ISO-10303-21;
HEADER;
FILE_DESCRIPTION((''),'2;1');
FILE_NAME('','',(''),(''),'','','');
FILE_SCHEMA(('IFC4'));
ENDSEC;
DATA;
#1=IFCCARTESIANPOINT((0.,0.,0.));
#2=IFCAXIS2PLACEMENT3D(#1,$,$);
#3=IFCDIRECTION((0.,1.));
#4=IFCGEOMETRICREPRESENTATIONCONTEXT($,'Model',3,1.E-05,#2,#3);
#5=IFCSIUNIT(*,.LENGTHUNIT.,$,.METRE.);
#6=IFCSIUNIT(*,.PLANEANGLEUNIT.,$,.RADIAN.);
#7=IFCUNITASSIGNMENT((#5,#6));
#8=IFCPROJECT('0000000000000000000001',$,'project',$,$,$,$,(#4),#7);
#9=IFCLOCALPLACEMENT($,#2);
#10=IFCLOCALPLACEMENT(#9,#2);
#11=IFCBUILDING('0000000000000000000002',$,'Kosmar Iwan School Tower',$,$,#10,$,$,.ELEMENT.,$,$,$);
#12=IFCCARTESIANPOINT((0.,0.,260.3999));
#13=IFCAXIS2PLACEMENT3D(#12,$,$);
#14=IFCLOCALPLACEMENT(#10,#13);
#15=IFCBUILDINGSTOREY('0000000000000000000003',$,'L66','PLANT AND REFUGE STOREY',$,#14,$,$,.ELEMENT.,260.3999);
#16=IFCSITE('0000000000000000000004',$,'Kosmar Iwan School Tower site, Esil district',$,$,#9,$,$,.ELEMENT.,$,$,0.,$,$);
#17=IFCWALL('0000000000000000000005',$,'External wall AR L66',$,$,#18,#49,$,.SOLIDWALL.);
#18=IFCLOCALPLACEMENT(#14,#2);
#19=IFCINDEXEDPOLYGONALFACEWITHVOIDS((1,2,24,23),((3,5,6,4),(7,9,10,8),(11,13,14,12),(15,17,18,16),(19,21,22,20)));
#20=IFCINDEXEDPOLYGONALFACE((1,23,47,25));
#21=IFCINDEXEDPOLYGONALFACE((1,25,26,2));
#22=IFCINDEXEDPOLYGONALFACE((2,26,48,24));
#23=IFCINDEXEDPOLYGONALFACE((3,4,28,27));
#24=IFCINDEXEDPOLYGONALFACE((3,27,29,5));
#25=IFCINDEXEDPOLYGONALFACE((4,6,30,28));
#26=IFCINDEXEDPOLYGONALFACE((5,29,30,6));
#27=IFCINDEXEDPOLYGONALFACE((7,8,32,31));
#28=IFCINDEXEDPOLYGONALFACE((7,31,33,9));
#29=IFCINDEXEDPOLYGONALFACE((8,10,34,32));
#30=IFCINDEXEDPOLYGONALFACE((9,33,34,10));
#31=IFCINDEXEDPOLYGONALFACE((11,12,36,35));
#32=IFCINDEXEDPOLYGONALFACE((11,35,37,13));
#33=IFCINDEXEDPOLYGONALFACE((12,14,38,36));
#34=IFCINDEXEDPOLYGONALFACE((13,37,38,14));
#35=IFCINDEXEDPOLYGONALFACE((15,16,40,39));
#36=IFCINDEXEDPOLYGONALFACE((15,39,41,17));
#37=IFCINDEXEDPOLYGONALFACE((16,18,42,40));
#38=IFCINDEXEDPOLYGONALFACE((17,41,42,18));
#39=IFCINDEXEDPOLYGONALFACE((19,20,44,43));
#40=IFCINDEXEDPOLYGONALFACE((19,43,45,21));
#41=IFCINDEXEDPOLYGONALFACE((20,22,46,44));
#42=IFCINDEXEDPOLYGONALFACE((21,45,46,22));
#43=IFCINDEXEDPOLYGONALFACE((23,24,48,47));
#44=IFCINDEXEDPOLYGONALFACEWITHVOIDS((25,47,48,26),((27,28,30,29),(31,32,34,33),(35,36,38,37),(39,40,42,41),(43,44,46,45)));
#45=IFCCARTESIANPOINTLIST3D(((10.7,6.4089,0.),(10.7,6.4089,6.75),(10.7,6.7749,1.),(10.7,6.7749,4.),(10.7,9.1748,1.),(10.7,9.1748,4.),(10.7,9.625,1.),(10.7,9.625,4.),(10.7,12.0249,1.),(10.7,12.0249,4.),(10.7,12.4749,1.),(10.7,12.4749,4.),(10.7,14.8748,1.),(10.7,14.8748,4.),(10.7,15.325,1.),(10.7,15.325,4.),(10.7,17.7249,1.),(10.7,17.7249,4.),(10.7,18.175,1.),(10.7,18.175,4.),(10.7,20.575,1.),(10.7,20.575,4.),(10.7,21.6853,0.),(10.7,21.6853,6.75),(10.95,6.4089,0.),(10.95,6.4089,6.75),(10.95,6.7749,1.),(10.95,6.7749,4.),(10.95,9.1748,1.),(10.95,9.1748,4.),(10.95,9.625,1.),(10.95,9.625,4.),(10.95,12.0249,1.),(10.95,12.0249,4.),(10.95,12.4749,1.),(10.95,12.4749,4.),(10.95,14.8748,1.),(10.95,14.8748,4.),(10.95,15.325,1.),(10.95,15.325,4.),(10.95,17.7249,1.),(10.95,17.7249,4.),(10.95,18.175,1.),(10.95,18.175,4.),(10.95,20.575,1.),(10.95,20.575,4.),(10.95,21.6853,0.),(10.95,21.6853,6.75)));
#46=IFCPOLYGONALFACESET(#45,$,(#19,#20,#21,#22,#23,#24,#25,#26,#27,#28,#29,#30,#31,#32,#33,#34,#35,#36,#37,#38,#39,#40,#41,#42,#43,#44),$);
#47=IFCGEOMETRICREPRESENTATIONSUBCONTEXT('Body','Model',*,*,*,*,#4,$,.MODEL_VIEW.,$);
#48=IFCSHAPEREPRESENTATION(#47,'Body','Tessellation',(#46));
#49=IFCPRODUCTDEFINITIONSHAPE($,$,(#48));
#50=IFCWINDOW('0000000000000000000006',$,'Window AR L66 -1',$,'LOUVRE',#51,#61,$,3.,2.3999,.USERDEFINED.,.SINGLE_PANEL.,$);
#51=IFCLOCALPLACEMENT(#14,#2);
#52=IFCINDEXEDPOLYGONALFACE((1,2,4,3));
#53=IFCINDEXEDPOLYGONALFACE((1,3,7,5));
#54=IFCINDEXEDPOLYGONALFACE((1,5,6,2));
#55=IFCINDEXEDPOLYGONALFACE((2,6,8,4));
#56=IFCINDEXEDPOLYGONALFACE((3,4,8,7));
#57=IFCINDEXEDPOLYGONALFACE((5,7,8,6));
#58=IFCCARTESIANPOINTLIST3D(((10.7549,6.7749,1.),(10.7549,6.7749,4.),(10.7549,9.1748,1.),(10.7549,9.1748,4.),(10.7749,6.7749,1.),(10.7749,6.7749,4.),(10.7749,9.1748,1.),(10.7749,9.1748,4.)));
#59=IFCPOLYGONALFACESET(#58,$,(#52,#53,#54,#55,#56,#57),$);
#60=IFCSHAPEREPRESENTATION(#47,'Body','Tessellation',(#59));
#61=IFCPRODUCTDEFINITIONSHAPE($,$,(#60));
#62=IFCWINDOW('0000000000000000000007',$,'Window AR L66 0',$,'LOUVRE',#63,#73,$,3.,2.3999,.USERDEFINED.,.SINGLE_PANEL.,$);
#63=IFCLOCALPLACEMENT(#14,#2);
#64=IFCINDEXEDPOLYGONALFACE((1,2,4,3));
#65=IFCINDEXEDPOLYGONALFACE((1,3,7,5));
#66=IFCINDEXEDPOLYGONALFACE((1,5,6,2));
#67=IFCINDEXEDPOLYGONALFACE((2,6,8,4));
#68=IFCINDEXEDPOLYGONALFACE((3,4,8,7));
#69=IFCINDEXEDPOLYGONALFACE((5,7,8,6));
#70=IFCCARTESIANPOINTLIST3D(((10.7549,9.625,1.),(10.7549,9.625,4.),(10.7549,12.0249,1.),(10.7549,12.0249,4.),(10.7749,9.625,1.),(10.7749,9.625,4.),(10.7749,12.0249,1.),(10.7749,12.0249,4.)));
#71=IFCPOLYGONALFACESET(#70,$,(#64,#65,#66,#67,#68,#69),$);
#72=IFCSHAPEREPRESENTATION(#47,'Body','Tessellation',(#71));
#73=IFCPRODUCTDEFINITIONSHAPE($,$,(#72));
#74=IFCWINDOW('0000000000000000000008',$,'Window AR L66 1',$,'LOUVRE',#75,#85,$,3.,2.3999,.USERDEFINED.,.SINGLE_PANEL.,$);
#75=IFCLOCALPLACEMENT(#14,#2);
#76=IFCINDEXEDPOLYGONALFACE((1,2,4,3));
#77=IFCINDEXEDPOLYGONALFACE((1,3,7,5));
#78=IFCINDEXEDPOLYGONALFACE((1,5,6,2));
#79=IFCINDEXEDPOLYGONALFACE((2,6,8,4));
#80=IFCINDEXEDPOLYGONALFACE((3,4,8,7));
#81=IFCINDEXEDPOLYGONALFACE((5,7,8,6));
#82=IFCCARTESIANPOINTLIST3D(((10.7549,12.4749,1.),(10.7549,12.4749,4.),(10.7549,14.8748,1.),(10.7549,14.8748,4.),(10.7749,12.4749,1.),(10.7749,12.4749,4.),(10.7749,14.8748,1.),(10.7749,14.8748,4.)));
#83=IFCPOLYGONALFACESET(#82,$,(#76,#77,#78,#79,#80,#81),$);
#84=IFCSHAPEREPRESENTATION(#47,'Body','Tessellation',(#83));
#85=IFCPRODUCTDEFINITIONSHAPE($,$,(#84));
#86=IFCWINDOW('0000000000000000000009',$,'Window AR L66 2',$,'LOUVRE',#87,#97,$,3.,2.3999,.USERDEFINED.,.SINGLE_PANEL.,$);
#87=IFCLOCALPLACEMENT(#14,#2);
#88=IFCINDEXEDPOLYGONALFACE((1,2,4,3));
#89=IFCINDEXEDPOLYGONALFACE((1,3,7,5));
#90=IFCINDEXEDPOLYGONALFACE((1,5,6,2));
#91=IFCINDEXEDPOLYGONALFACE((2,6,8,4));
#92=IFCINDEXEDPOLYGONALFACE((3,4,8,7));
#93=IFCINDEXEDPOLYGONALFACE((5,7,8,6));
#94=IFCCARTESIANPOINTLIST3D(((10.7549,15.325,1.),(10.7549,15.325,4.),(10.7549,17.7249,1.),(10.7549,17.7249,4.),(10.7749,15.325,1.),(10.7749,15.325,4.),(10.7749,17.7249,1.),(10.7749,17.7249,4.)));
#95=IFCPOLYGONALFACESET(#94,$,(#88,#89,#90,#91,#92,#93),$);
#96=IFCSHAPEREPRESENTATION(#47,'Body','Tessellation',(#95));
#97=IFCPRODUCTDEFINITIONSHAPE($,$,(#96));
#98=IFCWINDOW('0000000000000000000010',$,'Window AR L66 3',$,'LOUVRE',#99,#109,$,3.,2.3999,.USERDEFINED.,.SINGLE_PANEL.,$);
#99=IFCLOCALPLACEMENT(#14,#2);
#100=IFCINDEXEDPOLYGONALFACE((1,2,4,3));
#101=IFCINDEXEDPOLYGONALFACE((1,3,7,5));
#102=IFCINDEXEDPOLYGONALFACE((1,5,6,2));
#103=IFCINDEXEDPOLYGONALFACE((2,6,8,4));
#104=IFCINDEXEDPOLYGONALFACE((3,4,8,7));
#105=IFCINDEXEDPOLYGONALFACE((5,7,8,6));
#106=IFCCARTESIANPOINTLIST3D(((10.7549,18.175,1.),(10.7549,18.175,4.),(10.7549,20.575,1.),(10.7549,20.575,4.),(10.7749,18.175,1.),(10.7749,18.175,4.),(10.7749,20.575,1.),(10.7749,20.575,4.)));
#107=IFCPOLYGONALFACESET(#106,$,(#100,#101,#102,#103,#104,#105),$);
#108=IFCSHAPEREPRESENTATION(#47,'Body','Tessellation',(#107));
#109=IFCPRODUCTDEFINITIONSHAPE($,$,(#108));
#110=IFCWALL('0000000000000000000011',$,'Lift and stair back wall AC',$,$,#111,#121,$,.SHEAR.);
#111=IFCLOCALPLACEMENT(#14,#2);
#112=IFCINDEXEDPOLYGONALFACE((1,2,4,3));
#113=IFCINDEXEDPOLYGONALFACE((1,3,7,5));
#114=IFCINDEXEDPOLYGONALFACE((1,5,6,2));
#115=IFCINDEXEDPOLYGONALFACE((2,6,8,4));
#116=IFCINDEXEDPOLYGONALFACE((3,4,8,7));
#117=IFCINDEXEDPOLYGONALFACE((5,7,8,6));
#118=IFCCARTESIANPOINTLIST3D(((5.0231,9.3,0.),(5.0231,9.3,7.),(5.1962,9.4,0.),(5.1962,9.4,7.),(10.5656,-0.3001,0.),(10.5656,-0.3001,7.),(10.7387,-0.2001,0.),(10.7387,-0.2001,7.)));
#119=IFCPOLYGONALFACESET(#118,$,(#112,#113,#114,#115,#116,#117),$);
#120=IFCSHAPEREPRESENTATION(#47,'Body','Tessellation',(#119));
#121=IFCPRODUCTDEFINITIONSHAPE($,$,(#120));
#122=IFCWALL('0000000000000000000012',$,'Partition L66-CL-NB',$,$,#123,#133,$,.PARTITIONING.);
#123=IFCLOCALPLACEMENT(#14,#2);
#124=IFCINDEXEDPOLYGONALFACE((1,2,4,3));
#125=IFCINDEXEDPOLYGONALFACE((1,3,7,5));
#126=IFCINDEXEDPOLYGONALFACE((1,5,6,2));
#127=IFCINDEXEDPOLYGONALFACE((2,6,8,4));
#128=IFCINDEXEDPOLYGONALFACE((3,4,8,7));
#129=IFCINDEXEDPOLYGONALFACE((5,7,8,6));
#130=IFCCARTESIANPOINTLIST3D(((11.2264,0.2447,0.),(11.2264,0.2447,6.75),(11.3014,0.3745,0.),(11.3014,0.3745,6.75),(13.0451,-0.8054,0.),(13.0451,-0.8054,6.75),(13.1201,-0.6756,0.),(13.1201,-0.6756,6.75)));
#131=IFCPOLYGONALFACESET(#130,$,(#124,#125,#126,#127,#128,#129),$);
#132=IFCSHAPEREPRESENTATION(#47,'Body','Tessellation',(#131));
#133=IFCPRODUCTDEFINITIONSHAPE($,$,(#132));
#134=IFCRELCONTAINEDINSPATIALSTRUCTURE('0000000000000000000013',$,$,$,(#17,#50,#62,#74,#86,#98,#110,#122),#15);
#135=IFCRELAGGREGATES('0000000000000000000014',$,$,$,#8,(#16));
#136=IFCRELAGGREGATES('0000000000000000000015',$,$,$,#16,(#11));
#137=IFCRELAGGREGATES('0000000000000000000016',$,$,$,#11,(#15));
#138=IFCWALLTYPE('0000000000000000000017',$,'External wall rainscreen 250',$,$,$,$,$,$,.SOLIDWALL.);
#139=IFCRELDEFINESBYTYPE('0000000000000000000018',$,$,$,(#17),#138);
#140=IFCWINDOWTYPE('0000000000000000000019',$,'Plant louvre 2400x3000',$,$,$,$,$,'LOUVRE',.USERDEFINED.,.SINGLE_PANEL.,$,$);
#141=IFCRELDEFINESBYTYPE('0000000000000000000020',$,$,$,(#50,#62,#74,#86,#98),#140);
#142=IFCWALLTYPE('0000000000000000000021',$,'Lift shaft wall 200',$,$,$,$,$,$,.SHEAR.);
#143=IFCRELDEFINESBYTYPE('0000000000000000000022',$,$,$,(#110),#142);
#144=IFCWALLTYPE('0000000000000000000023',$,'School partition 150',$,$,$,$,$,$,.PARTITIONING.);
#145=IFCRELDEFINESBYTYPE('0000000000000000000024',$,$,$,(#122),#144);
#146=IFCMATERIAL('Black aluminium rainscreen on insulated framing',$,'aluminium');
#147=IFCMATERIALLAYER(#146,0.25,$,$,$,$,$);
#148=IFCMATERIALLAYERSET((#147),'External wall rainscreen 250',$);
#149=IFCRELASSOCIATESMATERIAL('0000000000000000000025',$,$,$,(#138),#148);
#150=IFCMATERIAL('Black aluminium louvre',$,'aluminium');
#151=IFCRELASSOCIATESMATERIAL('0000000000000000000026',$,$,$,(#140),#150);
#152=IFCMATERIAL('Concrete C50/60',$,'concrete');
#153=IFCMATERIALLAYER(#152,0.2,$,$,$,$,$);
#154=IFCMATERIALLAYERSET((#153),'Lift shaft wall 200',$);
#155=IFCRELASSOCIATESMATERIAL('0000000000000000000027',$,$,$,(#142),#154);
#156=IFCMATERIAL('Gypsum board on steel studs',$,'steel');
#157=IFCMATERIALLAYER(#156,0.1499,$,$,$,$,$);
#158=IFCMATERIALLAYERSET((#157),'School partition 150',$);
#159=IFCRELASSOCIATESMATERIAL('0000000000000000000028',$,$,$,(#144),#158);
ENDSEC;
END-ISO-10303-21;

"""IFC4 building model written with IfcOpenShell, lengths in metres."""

from ifc_helpers import new_model, si_unit, direction, frame, frame_2d, origin, place, context, subcontext, project, spatial, rectangle, extrude, material, layer, layer_set, type_object, element, fill, save


model = new_model("IFC4")

# Units and contexts
model_context = context("Model", 3, precision=1e-05, world=origin(), true_north=direction((0.0, 1.0)))
body_context = subcontext(model_context, "Body", "Model", "MODEL_VIEW")
ifc_project = project(units=[si_unit("LENGTHUNIT", "METRE"), si_unit("PLANEANGLEUNIT", "RADIAN")], contexts=[model_context])

# Site, building, storey
site_placement = place(None, origin())
site = spatial("IfcSite", under=ifc_project, at=site_placement, Name="Kosmar Iwan School Tower site, Esil district", CompositionType="ELEMENT", RefElevation=0.0)
building_placement = place(site_placement, origin())
building = spatial("IfcBuilding", under=site, at=building_placement, Name="Kosmar Iwan School Tower", CompositionType="ELEMENT")
storey_placement = place(building_placement, frame((0.0, 0.0, 260.3999)))
storey = spatial("IfcBuildingStorey", under=building, at=storey_placement, Name="L66", Description="PLANT AND REFUGE STOREY", CompositionType="ELEMENT", Elevation=260.3999)

# Wall, openings, windows
ifc_material_1 = material(Name="Black aluminium rainscreen on insulated framing", Category="aluminium")
ifc_layer_1 = layer(ifc_material_1, 0.25)
ifc_layer_set_1 = layer_set([ifc_layer_1], Name="External wall rainscreen 250")
wall_type_1 = type_object("IfcWallType", Name="External wall rainscreen 250", PredefinedType="SOLIDWALL", material=ifc_layer_set_1)
ifc_material_2 = material(Name="Black aluminium louvre", Category="aluminium")
window_type = type_object("IfcWindowType", Name="Plant louvre 2400x3000", ElementType="LOUVRE", PartitioningType="SINGLE_PANEL", PredefinedType="USERDEFINED", material=ifc_material_2)
wall_1_placement = place(storey_placement, frame((10.825, 6.4089, 0.0), z_axis=(0.0, 0.0, 1.0), x_axis=(0.0, 1.0, 0.0)))
wall_1 = element("IfcWall", 1, at=wall_1_placement, inside=storey, type_object=wall_type_1, Name="External wall AR L66", PredefinedType="SOLIDWALL", context=body_context, shape_type="SweptSolid", body=[
    extrude(rectangle(XDim=15.2764, YDim=0.25, at=frame_2d((7.6382, 0.0))), origin(), (0.0, 0.0, 1.0), 6.75),
])
opening_1_placement = place(wall_1_placement, frame((0.366, 0.0, 1.0)))
opening_1 = element("IfcOpeningElement", 2, at=opening_1_placement, cuts=wall_1, PredefinedType="OPENING", context=body_context, shape_type="SweptSolid", body=[
    extrude(rectangle(XDim=2.3999, YDim=3.0, at=frame_2d((1.2, 1.5))), frame((0.0, 0.137, 0.0), z_axis=(0.0, -1.0, 0.0), x_axis=(1.0, 0.0, 0.0)), (0.0, 0.0, 1.0), 0.2739),
])
opening_2_placement = place(wall_1_placement, frame((3.2161, 0.0, 1.0)))
opening_2 = element("IfcOpeningElement", 3, at=opening_2_placement, cuts=wall_1, PredefinedType="OPENING", context=body_context, shape_type="SweptSolid", body=[
    extrude(rectangle(XDim=2.3999, YDim=3.0, at=frame_2d((1.2, 1.5))), frame((0.0, 0.137, 0.0), z_axis=(0.0, -1.0, 0.0), x_axis=(1.0, 0.0, 0.0)), (0.0, 0.0, 1.0), 0.2739),
])
opening_3_placement = place(wall_1_placement, frame((6.0659, 0.0, 1.0)))
opening_3 = element("IfcOpeningElement", 4, at=opening_3_placement, cuts=wall_1, PredefinedType="OPENING", context=body_context, shape_type="SweptSolid", body=[
    extrude(rectangle(XDim=2.3999, YDim=3.0, at=frame_2d((1.2, 1.5))), frame((0.0, 0.137, 0.0), z_axis=(0.0, -1.0, 0.0), x_axis=(1.0, 0.0, 0.0)), (0.0, 0.0, 1.0), 0.2739),
])
opening_4_placement = place(wall_1_placement, frame((8.916, 0.0, 1.0)))
opening_4 = element("IfcOpeningElement", 5, at=opening_4_placement, cuts=wall_1, PredefinedType="OPENING", context=body_context, shape_type="SweptSolid", body=[
    extrude(rectangle(XDim=2.3999, YDim=3.0, at=frame_2d((1.2, 1.5))), frame((0.0, 0.137, 0.0), z_axis=(0.0, -1.0, 0.0), x_axis=(1.0, 0.0, 0.0)), (0.0, 0.0, 1.0), 0.2739),
])
opening_5_placement = place(wall_1_placement, frame((11.7661, 0.0, 1.0)))
opening_5 = element("IfcOpeningElement", 6, at=opening_5_placement, cuts=wall_1, PredefinedType="OPENING", context=body_context, shape_type="SweptSolid", body=[
    extrude(rectangle(XDim=2.3999, YDim=3.0, at=frame_2d((1.2, 1.5))), frame((0.0, 0.137, 0.0), z_axis=(0.0, -1.0, 0.0), x_axis=(1.0, 0.0, 0.0)), (0.0, 0.0, 1.0), 0.2739),
])
window_1_placement = place(opening_1_placement, origin())
window_1 = element("IfcWindow", 7, at=window_1_placement, inside=storey, type_object=window_type, Name="Window AR L66 -1", ObjectType="LOUVRE", OverallHeight=3.0, OverallWidth=2.3999, PartitioningType="SINGLE_PANEL", PredefinedType="USERDEFINED", context=body_context, shape_type="SweptSolid", body=[
    extrude(rectangle(XDim=2.3999, YDim=3.0, at=frame_2d((1.2, 1.5))), frame((0.0, 0.0701, 0.0), z_axis=(0.0, -1.0, 0.0), x_axis=(1.0, 0.0, 0.0)), (0.0, 0.0, 1.0), 0.02),
])
fill(opening_1, window_1)
window_2_placement = place(opening_2_placement, origin())
window_2 = element("IfcWindow", 8, at=window_2_placement, inside=storey, type_object=window_type, Name="Window AR L66 0", ObjectType="LOUVRE", OverallHeight=3.0, OverallWidth=2.3999, PartitioningType="SINGLE_PANEL", PredefinedType="USERDEFINED", context=body_context, shape_type="SweptSolid", body=[
    extrude(rectangle(XDim=2.3999, YDim=3.0, at=frame_2d((1.2, 1.5))), frame((0.0, 0.0701, 0.0), z_axis=(0.0, -1.0, 0.0), x_axis=(1.0, 0.0, 0.0)), (0.0, 0.0, 1.0), 0.02),
])
fill(opening_2, window_2)
window_3_placement = place(opening_3_placement, origin())
window_3 = element("IfcWindow", 9, at=window_3_placement, inside=storey, type_object=window_type, Name="Window AR L66 1", ObjectType="LOUVRE", OverallHeight=3.0, OverallWidth=2.3999, PartitioningType="SINGLE_PANEL", PredefinedType="USERDEFINED", context=body_context, shape_type="SweptSolid", body=[
    extrude(rectangle(XDim=2.3999, YDim=3.0, at=frame_2d((1.2, 1.5))), frame((0.0, 0.0701, 0.0), z_axis=(0.0, -1.0, 0.0), x_axis=(1.0, 0.0, 0.0)), (0.0, 0.0, 1.0), 0.02),
])
fill(opening_3, window_3)
window_4_placement = place(opening_4_placement, origin())
window_4 = element("IfcWindow", 10, at=window_4_placement, inside=storey, type_object=window_type, Name="Window AR L66 2", ObjectType="LOUVRE", OverallHeight=3.0, OverallWidth=2.3999, PartitioningType="SINGLE_PANEL", PredefinedType="USERDEFINED", context=body_context, shape_type="SweptSolid", body=[
    extrude(rectangle(XDim=2.3999, YDim=3.0, at=frame_2d((1.2, 1.5))), frame((0.0, 0.0701, 0.0), z_axis=(0.0, -1.0, 0.0), x_axis=(1.0, 0.0, 0.0)), (0.0, 0.0, 1.0), 0.02),
])
fill(opening_4, window_4)
window_5_placement = place(opening_5_placement, origin())
window_5 = element("IfcWindow", 11, at=window_5_placement, inside=storey, type_object=window_type, Name="Window AR L66 3", ObjectType="LOUVRE", OverallHeight=3.0, OverallWidth=2.3999, PartitioningType="SINGLE_PANEL", PredefinedType="USERDEFINED", context=body_context, shape_type="SweptSolid", body=[
    extrude(rectangle(XDim=2.3999, YDim=3.0, at=frame_2d((1.2, 1.5))), frame((0.0, 0.0701, 0.0), z_axis=(0.0, -1.0, 0.0), x_axis=(1.0, 0.0, 0.0)), (0.0, 0.0, 1.0), 0.02),
])
fill(opening_5, window_5)

# Walls
ifc_material_3 = material(Name="Concrete C50/60", Category="concrete")
ifc_layer_2 = layer(ifc_material_3, 0.2)
ifc_layer_set_2 = layer_set([ifc_layer_2], Name="Lift shaft wall 200")
wall_type_2 = type_object("IfcWallType", Name="Lift shaft wall 200", PredefinedType="SHEAR", material=ifc_layer_set_2)
wall_2_placement = place(storey_placement, frame((10.6521, -0.25, 0.0), z_axis=(0.0, 0.0, 1.0), x_axis=(-0.499991, 0.866031, 0.0)))
element("IfcWall", 12, at=wall_2_placement, inside=storey, type_object=wall_type_2, Name="Lift and stair back wall AC", PredefinedType="SHEAR", context=body_context, shape_type="SweptSolid", body=[
    extrude(rectangle(XDim=11.0852, YDim=0.2, at=frame_2d((5.5425, 0.0))), origin(), (0.0, 0.0, 1.0), 7.0),
])
ifc_material_4 = material(Name="Gypsum board on steel studs", Category="steel")
ifc_layer_3 = layer(ifc_material_4, 0.1499)
ifc_layer_set_3 = layer_set([ifc_layer_3], Name="School partition 150")
wall_type_3 = type_object("IfcWallType", Name="School partition 150", PredefinedType="PARTITIONING", material=ifc_layer_set_3)
wall_3_placement = place(storey_placement, frame((11.2639, 0.3096, 0.0), z_axis=(0.0, 0.0, 1.0), x_axis=(0.866009, -0.500028, 0.0)))
element("IfcWall", 13, at=wall_3_placement, inside=storey, type_object=wall_type_3, Name="Partition L66-CL-NB", PredefinedType="PARTITIONING", context=body_context, shape_type="SweptSolid", body=[
    extrude(rectangle(XDim=2.1001, YDim=0.1499, at=frame_2d((1.05, 0.0))), origin(), (0.0, 0.0, 1.0), 6.75),
])

save(model, "model.ifc")
